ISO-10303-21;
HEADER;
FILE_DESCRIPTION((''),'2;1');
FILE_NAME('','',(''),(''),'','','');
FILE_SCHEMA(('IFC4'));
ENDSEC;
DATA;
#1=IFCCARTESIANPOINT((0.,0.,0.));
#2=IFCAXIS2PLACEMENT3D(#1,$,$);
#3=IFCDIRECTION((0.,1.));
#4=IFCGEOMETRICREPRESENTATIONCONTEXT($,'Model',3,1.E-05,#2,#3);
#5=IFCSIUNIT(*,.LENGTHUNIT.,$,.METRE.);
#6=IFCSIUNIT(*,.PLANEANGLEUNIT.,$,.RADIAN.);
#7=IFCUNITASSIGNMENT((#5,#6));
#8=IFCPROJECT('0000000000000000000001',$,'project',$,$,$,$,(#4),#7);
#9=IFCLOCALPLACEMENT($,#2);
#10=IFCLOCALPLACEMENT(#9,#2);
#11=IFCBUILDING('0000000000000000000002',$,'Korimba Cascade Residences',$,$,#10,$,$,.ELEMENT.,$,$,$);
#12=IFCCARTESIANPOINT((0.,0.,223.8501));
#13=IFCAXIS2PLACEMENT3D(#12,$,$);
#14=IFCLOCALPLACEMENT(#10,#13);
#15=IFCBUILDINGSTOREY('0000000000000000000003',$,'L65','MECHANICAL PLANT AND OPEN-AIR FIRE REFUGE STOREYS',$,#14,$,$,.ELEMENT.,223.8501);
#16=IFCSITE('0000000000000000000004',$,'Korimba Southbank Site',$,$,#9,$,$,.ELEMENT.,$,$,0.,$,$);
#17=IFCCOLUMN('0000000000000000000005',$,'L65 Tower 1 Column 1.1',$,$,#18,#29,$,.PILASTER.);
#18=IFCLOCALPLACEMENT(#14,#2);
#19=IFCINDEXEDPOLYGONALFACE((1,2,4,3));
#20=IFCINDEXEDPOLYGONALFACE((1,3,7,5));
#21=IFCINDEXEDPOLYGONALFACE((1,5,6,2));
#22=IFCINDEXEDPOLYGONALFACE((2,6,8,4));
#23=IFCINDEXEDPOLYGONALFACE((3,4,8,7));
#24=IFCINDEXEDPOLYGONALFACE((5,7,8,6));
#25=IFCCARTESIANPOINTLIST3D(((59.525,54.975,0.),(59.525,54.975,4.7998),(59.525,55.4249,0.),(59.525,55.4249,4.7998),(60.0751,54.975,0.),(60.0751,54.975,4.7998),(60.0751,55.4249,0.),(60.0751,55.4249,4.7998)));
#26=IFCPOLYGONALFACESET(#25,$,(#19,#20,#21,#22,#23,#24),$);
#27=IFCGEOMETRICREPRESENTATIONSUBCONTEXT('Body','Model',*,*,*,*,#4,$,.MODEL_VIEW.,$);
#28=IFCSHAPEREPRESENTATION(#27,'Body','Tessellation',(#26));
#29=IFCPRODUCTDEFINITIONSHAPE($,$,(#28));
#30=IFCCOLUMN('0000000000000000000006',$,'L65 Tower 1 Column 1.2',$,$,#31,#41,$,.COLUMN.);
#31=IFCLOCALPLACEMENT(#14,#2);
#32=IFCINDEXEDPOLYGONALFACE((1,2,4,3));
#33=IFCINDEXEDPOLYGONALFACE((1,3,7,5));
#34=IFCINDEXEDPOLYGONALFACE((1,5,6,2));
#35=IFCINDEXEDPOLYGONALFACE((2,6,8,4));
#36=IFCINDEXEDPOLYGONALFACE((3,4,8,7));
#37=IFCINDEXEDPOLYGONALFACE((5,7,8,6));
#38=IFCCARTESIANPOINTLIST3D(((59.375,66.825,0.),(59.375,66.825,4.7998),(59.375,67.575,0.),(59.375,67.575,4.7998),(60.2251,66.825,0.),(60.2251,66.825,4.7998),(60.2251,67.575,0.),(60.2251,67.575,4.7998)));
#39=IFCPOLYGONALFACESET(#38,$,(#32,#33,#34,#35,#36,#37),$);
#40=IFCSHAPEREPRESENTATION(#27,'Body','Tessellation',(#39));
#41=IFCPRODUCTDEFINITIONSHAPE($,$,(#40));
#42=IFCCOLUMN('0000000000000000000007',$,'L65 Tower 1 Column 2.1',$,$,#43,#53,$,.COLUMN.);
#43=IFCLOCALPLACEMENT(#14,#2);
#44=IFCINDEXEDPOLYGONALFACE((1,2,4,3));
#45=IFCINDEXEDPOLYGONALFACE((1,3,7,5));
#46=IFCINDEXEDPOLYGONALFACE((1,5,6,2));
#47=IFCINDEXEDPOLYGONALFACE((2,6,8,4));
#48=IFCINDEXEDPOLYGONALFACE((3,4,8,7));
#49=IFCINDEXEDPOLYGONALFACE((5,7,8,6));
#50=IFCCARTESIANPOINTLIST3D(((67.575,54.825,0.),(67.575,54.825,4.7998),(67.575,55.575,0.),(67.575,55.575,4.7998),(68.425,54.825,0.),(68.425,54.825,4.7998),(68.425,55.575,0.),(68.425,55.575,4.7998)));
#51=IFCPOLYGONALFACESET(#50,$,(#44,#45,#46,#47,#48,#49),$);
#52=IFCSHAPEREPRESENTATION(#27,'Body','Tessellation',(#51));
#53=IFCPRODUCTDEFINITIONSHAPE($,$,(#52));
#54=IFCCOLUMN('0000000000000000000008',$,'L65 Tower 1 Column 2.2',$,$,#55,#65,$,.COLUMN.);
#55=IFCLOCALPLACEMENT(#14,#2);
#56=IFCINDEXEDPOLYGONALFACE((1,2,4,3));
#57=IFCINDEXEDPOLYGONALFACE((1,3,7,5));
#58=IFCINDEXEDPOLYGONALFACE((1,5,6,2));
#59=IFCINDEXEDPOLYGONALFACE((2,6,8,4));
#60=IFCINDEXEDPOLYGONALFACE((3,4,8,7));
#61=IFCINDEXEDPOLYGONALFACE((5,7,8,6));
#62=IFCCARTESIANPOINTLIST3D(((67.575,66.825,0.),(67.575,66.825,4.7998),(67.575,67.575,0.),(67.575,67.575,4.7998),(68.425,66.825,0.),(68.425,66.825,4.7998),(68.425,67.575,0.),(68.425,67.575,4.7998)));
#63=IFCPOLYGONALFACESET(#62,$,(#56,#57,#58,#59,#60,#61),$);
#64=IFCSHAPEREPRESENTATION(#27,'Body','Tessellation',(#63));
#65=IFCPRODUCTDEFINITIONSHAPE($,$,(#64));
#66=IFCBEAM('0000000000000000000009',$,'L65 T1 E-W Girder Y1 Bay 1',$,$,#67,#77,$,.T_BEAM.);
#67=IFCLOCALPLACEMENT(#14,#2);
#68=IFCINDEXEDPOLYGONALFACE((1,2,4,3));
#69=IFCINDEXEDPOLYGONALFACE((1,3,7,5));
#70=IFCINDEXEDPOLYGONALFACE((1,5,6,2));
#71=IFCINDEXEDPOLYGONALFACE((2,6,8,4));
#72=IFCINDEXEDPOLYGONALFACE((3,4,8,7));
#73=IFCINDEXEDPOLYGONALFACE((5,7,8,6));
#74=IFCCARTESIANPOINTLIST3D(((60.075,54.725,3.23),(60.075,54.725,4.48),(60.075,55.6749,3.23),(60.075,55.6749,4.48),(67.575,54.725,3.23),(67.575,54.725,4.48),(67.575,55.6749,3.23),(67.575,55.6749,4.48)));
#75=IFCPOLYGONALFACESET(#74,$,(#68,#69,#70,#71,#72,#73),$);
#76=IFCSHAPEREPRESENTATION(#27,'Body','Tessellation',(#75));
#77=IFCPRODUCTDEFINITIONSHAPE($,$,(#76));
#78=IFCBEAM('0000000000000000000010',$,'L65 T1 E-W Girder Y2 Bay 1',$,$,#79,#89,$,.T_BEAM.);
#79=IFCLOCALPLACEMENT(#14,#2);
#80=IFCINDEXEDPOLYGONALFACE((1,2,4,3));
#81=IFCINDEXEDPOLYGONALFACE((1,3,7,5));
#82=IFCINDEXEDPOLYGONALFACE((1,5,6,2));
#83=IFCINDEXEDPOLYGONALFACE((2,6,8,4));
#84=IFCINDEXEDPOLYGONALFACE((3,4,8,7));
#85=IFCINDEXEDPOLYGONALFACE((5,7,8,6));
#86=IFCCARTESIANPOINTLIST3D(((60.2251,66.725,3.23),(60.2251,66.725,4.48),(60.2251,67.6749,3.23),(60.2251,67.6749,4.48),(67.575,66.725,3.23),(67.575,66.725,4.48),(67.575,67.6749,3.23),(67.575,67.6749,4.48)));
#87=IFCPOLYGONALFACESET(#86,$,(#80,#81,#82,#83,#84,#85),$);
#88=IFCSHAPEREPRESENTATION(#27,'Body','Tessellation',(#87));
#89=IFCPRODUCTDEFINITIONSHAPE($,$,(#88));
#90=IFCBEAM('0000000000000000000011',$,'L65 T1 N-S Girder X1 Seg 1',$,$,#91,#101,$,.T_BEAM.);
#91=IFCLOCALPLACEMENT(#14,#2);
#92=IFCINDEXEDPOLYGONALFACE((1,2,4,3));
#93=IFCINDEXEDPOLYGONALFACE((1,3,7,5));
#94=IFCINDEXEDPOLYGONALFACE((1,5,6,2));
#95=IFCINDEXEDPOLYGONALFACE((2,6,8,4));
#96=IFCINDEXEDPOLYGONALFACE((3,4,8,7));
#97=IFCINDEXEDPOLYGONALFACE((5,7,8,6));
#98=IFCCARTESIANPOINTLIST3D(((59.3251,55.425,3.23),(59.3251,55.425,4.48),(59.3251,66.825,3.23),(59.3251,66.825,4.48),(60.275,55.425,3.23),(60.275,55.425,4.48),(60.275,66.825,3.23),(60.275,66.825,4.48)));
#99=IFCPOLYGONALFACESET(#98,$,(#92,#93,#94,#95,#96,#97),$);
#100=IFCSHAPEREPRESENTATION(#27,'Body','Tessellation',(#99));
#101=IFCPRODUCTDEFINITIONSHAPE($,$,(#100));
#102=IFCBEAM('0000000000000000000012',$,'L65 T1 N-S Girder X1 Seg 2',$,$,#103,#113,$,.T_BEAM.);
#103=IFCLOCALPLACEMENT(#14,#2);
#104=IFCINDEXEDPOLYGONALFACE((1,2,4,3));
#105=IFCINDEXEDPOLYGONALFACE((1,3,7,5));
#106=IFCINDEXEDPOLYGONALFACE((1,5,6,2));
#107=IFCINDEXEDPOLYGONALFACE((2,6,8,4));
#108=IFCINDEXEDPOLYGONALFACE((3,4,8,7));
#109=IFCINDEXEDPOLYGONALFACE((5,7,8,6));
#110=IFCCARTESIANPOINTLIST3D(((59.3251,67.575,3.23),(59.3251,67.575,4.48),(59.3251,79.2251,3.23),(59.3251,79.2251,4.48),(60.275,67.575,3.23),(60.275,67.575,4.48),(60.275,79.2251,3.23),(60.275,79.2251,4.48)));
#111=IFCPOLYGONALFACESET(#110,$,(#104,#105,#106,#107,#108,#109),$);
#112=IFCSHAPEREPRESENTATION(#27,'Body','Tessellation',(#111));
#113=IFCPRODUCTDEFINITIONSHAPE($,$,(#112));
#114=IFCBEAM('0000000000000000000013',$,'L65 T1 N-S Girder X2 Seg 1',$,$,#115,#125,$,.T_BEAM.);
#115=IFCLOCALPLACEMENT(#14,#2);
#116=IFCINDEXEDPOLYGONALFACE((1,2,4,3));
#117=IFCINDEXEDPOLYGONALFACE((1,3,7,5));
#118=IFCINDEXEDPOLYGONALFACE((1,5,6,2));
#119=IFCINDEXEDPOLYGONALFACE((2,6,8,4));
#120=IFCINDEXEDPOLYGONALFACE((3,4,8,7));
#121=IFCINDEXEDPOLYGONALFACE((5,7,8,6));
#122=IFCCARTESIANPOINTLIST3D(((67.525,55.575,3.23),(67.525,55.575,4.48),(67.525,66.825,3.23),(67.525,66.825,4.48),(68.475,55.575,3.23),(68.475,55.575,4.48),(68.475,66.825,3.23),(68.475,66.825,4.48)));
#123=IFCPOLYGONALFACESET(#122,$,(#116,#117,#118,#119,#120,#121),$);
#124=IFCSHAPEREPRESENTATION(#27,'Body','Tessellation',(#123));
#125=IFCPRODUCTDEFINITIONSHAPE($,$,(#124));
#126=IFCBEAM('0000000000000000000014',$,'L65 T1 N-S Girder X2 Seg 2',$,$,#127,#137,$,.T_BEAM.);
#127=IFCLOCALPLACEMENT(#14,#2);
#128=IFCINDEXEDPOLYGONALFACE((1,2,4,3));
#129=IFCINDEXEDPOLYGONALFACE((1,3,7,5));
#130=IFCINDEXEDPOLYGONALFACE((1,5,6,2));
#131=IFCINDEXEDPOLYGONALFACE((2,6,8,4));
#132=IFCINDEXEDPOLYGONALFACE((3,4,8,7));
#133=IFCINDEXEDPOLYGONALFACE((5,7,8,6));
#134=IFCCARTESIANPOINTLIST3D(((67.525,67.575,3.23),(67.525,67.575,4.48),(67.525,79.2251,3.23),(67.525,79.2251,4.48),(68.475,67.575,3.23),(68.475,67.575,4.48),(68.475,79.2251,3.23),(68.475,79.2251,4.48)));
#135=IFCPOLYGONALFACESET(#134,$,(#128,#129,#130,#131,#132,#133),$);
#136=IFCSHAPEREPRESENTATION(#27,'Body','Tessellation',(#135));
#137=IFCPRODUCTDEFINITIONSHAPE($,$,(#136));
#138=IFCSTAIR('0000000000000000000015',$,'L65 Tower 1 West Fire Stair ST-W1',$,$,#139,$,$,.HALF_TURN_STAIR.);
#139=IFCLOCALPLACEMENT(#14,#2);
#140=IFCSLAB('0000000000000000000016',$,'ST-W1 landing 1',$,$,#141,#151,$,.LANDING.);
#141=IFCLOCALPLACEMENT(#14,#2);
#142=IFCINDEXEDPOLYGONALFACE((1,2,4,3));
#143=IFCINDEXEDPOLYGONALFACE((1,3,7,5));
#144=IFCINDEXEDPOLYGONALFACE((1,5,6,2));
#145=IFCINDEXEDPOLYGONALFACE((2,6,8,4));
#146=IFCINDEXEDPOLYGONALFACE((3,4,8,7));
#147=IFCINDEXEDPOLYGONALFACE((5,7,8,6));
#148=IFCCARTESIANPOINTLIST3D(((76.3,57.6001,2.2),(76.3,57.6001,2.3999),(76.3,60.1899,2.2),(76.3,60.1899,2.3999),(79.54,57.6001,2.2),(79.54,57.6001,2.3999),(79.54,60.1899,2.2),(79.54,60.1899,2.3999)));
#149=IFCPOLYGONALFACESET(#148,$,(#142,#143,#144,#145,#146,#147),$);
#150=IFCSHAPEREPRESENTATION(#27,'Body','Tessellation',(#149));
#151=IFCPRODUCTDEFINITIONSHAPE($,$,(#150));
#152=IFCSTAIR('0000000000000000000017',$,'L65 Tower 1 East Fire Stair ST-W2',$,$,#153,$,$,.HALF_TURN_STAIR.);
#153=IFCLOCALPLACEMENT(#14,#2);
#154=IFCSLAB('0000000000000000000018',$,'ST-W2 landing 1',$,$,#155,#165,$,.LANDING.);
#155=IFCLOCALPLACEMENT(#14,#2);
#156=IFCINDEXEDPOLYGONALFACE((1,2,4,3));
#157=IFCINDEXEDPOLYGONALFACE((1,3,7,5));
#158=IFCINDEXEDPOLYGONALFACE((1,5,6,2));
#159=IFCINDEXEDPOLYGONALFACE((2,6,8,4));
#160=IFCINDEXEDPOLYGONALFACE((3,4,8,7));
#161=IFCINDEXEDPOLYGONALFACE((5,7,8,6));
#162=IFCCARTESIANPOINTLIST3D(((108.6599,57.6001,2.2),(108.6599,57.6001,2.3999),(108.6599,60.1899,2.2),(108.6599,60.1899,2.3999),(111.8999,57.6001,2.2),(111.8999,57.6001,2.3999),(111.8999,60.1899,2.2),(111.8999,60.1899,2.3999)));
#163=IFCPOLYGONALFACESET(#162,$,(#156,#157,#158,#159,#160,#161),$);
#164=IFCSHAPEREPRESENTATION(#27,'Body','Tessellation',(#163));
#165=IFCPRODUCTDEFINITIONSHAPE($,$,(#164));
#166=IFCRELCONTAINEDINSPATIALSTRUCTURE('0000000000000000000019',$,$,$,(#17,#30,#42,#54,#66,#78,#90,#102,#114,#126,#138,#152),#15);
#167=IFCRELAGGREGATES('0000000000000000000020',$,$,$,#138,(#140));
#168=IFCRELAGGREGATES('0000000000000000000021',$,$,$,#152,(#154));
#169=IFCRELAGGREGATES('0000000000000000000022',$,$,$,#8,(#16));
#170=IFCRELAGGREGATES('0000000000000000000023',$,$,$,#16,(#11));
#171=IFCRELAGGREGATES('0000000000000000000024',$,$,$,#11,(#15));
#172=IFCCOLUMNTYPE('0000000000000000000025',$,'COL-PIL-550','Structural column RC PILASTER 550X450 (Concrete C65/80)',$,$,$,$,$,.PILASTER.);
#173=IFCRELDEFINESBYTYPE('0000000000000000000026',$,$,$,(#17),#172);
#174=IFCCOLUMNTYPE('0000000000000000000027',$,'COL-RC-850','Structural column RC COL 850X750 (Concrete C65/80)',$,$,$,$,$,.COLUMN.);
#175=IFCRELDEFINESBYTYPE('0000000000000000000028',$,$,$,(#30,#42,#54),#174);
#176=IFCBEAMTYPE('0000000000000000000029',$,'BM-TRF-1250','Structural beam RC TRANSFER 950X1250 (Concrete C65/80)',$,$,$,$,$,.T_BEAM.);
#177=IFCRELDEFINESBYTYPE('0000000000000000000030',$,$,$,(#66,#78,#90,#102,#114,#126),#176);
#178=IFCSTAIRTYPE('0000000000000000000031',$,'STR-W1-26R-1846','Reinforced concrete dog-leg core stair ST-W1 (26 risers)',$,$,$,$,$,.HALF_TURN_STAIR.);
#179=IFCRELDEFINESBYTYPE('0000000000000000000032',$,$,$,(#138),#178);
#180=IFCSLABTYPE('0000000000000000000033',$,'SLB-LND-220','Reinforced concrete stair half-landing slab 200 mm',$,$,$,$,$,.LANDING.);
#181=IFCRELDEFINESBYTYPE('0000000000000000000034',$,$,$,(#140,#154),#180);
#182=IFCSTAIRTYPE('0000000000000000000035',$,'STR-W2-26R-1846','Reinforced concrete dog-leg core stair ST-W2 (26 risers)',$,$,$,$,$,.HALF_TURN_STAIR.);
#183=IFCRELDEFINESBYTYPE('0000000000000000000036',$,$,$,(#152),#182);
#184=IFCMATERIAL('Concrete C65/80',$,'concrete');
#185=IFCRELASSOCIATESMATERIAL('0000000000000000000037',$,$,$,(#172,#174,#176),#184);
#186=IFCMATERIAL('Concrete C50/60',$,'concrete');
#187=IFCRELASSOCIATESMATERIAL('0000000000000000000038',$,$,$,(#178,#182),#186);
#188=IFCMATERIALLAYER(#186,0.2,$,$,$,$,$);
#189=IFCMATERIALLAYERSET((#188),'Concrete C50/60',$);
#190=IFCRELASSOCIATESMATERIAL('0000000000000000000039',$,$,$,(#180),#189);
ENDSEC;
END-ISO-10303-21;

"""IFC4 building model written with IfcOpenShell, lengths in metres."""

from ifc_helpers import new_model, si_unit, direction, frame, origin, origin_2d, place, context, subcontext, project, spatial, polyline, rectangle, outline, extrude, material, layer, layer_set, material_profile, profile_set, type_object, element, aggregate, save


model = new_model("IFC4")

# Units and contexts
model_context = context("Model", 3, precision=1e-05, world=origin(), true_north=direction((0.0, 1.0)))
body_context = subcontext(model_context, "Body", "Model", "MODEL_VIEW")
ifc_project = project(units=[si_unit("LENGTHUNIT", "METRE"), si_unit("PLANEANGLEUNIT", "RADIAN")], contexts=[model_context])

# Site, building, storey
site_placement = place(None, origin())
site = spatial("IfcSite", under=ifc_project, at=site_placement, Name="Korimba Southbank Site", CompositionType="ELEMENT", RefElevation=0.0)
building_placement = place(site_placement, origin())
building = spatial("IfcBuilding", under=site, at=building_placement, Name="Korimba Cascade Residences", CompositionType="ELEMENT")
storey_placement = place(building_placement, frame((0.0, 0.0, 223.8501)))
storey = spatial("IfcBuildingStorey", under=building, at=storey_placement, Name="L65", Description="MECHANICAL PLANT AND OPEN-AIR FIRE REFUGE STOREYS", CompositionType="ELEMENT", Elevation=223.8501)

# Columns
ifc_material_1 = material(Name="Concrete C65/80", Category="concrete")
ifc_material_profile_1 = material_profile(ifc_material_1, rectangle(XDim=0.55, YDim=0.45, at=origin_2d()), Name="Concrete C65/80")
ifc_profile_set_1 = profile_set([ifc_material_profile_1], Name="Concrete C65/80")
column_type_1 = type_object("IfcColumnType", Name="COL-PIL-550", Description="Structural column RC PILASTER 550X450 (Concrete C65/80)", PredefinedType="PILASTER", material=ifc_profile_set_1)
column_placement = place(storey_placement, frame((59.8, 55.2, 0.0), z_axis=(0.0, 0.0, 1.0), x_axis=(1.0, 0.0, 0.0)))
element("IfcColumn", 1, at=column_placement, inside=storey, type_object=column_type_1, Name="L65 Tower 1 Column 1.1", PredefinedType="PILASTER", context=body_context, shape_type="SweptSolid", body=[
    extrude(rectangle(XDim=0.55, YDim=0.45, at=origin_2d()), origin(), (0.0, 0.0, 1.0), 4.7998),
])
ifc_material_profile_2 = material_profile(ifc_material_1, rectangle(XDim=0.8501, YDim=0.75, at=origin_2d()), Name="Concrete C65/80")
ifc_profile_set_2 = profile_set([ifc_material_profile_2], Name="Concrete C65/80")
column_type_2 = type_object("IfcColumnType", Name="COL-RC-850", Description="Structural column RC COL 850X750 (Concrete C65/80)", PredefinedType="COLUMN", material=ifc_profile_set_2)
for number, where, z_axis, x_axis, name in (
    (2, (59.8, 67.2, 0.0), (0.0, 0.0, 1.0), (1.0, 0.0, 0.0), "L65 Tower 1 Column 1.2"),
    (3, (68.0, 55.2, 0.0), (0.0, 0.0, 1.0), (1.0, 0.0, 0.0), "L65 Tower 1 Column 2.1"),
    (4, (68.0, 67.2, 0.0), (0.0, 0.0, 1.0), (1.0, 0.0, 0.0), "L65 Tower 1 Column 2.2"),
):
    element("IfcColumn", number, at=place(storey_placement, frame(where, z_axis=z_axis, x_axis=x_axis)), inside=storey, type_object=column_type_2, Name=name, PredefinedType="COLUMN", context=body_context, shape_type="SweptSolid", body=[
        extrude(rectangle(XDim=0.8501, YDim=0.75, at=origin_2d()), origin(), (0.0, 0.0, 1.0), 4.7998),
    ])

# Beams
ifc_material_profile_3 = material_profile(ifc_material_1, rectangle(XDim=0.95, YDim=1.25, at=origin_2d()), Name="Concrete C65/80")
ifc_profile_set_3 = profile_set([ifc_material_profile_3], Name="Concrete C65/80")
beam_type = type_object("IfcBeamType", Name="BM-TRF-1250", Description="Structural beam RC TRANSFER 950X1250 (Concrete C65/80)", PredefinedType="T_BEAM", material=ifc_profile_set_3)
beam_1_placement = place(storey_placement, frame((60.075, 55.2, 3.855), z_axis=(1.0, 0.0, 0.0), x_axis=(0.0, 1.0, 0.0)))
element("IfcBeam", 5, at=beam_1_placement, inside=storey, type_object=beam_type, Name="L65 T1 E-W Girder Y1 Bay 1", PredefinedType="T_BEAM", context=body_context, shape_type="SweptSolid", body=[
    extrude(rectangle(XDim=0.95, YDim=1.25, at=origin_2d()), origin(), (0.0, 0.0, 1.0), 7.5),
])
beam_2_placement = place(storey_placement, frame((60.2251, 67.2, 3.855), z_axis=(1.0, 0.0, 0.0), x_axis=(0.0, 1.0, 0.0)))
element("IfcBeam", 6, at=beam_2_placement, inside=storey, type_object=beam_type, Name="L65 T1 E-W Girder Y2 Bay 1", PredefinedType="T_BEAM", context=body_context, shape_type="SweptSolid", body=[
    extrude(rectangle(XDim=0.95, YDim=1.25, at=origin_2d()), origin(), (0.0, 0.0, 1.0), 7.3499),
])
beam_3_placement = place(storey_placement, frame((59.8, 55.425, 3.855), z_axis=(0.0, 1.0, 0.0), x_axis=(-1.0, 0.0, 0.0)))
element("IfcBeam", 7, at=beam_3_placement, inside=storey, type_object=beam_type, Name="L65 T1 N-S Girder X1 Seg 1", PredefinedType="T_BEAM", context=body_context, shape_type="SweptSolid", body=[
    extrude(rectangle(XDim=0.95, YDim=1.25, at=origin_2d()), origin(), (0.0, 0.0, 1.0), 11.3999),
])
beam_4_placement = place(storey_placement, frame((59.8, 67.575, 3.855), z_axis=(0.0, 1.0, 0.0), x_axis=(-1.0, 0.0, 0.0)))
element("IfcBeam", 8, at=beam_4_placement, inside=storey, type_object=beam_type, Name="L65 T1 N-S Girder X1 Seg 2", PredefinedType="T_BEAM", context=body_context, shape_type="SweptSolid", body=[
    extrude(rectangle(XDim=0.95, YDim=1.25, at=origin_2d()), origin(), (0.0, 0.0, 1.0), 11.6501),
])
beam_5_placement = place(storey_placement, frame((68.0, 55.575, 3.855), z_axis=(0.0, 1.0, 0.0), x_axis=(-1.0, 0.0, 0.0)))
element("IfcBeam", 9, at=beam_5_placement, inside=storey, type_object=beam_type, Name="L65 T1 N-S Girder X2 Seg 1", PredefinedType="T_BEAM", context=body_context, shape_type="SweptSolid", body=[
    extrude(rectangle(XDim=0.95, YDim=1.25, at=origin_2d()), origin(), (0.0, 0.0, 1.0), 11.25),
])
beam_6_placement = place(storey_placement, frame((68.0, 67.575, 3.855), z_axis=(0.0, 1.0, 0.0), x_axis=(-1.0, 0.0, 0.0)))
element("IfcBeam", 10, at=beam_6_placement, inside=storey, type_object=beam_type, Name="L65 T1 N-S Girder X2 Seg 2", PredefinedType="T_BEAM", context=body_context, shape_type="SweptSolid", body=[
    extrude(rectangle(XDim=0.95, YDim=1.25, at=origin_2d()), origin(), (0.0, 0.0, 1.0), 11.6501),
])

# Stairs, slabs
ifc_material_2 = material(Name="Concrete C50/60", Category="concrete")
stair_type_1 = type_object("IfcStairType", Name="STR-W1-26R-1846", Description="Reinforced concrete dog-leg core stair ST-W1 (26 risers)", PredefinedType="HALF_TURN_STAIR", material=ifc_material_2)
stair_1_placement = place(storey_placement, origin())
stair_1 = element("IfcStair", 11, at=stair_1_placement, inside=storey, type_object=stair_type_1, Name="L65 Tower 1 West Fire Stair ST-W1", PredefinedType="HALF_TURN_STAIR")
ifc_layer_1 = layer(ifc_material_2, 0.2)
ifc_layer_set_1 = layer_set([ifc_layer_1], Name="Concrete C50/60")
slab_type_1 = type_object("IfcSlabType", Name="SLB-LND-220", Description="Reinforced concrete stair half-landing slab 200 mm", PredefinedType="LANDING", material=ifc_layer_set_1)
slab_1_placement = place(storey_placement, frame((0.0, 0.0, 2.2)))
slab_1 = element("IfcSlab", 12, at=slab_1_placement, type_object=slab_type_1, Name="ST-W1 landing 1", PredefinedType="LANDING", context=body_context, shape_type="SweptSolid", body=[
    extrude(outline(polyline([(76.3, 60.1899), (76.3, 57.6001), (79.54, 57.6001), (79.54, 60.1899), (76.3, 60.1899)])), origin(), (0.0, 0.0, 1.0), 0.2),
])
aggregate(stair_1, [slab_1])
stair_type_2 = type_object("IfcStairType", Name="STR-W2-26R-1846", Description="Reinforced concrete dog-leg core stair ST-W2 (26 risers)", PredefinedType="HALF_TURN_STAIR", material=ifc_material_2)
stair_2_placement = place(storey_placement, origin())
stair_2 = element("IfcStair", 13, at=stair_2_placement, inside=storey, type_object=stair_type_2, Name="L65 Tower 1 East Fire Stair ST-W2", PredefinedType="HALF_TURN_STAIR")
slab_2_placement = place(storey_placement, frame((0.0, 0.0, 2.2)))
slab_2 = element("IfcSlab", 14, at=slab_2_placement, type_object=slab_type_1, Name="ST-W2 landing 1", PredefinedType="LANDING", context=body_context, shape_type="SweptSolid", body=[
    extrude(outline(polyline([(108.6599, 60.1899), (108.6599, 57.6001), (111.8999, 57.6001), (111.8999, 60.1899), (108.6599, 60.1899)])), origin(), (0.0, 0.0, 1.0), 0.2),
])
aggregate(stair_2, [slab_2])

save(model, "model.ifc")
